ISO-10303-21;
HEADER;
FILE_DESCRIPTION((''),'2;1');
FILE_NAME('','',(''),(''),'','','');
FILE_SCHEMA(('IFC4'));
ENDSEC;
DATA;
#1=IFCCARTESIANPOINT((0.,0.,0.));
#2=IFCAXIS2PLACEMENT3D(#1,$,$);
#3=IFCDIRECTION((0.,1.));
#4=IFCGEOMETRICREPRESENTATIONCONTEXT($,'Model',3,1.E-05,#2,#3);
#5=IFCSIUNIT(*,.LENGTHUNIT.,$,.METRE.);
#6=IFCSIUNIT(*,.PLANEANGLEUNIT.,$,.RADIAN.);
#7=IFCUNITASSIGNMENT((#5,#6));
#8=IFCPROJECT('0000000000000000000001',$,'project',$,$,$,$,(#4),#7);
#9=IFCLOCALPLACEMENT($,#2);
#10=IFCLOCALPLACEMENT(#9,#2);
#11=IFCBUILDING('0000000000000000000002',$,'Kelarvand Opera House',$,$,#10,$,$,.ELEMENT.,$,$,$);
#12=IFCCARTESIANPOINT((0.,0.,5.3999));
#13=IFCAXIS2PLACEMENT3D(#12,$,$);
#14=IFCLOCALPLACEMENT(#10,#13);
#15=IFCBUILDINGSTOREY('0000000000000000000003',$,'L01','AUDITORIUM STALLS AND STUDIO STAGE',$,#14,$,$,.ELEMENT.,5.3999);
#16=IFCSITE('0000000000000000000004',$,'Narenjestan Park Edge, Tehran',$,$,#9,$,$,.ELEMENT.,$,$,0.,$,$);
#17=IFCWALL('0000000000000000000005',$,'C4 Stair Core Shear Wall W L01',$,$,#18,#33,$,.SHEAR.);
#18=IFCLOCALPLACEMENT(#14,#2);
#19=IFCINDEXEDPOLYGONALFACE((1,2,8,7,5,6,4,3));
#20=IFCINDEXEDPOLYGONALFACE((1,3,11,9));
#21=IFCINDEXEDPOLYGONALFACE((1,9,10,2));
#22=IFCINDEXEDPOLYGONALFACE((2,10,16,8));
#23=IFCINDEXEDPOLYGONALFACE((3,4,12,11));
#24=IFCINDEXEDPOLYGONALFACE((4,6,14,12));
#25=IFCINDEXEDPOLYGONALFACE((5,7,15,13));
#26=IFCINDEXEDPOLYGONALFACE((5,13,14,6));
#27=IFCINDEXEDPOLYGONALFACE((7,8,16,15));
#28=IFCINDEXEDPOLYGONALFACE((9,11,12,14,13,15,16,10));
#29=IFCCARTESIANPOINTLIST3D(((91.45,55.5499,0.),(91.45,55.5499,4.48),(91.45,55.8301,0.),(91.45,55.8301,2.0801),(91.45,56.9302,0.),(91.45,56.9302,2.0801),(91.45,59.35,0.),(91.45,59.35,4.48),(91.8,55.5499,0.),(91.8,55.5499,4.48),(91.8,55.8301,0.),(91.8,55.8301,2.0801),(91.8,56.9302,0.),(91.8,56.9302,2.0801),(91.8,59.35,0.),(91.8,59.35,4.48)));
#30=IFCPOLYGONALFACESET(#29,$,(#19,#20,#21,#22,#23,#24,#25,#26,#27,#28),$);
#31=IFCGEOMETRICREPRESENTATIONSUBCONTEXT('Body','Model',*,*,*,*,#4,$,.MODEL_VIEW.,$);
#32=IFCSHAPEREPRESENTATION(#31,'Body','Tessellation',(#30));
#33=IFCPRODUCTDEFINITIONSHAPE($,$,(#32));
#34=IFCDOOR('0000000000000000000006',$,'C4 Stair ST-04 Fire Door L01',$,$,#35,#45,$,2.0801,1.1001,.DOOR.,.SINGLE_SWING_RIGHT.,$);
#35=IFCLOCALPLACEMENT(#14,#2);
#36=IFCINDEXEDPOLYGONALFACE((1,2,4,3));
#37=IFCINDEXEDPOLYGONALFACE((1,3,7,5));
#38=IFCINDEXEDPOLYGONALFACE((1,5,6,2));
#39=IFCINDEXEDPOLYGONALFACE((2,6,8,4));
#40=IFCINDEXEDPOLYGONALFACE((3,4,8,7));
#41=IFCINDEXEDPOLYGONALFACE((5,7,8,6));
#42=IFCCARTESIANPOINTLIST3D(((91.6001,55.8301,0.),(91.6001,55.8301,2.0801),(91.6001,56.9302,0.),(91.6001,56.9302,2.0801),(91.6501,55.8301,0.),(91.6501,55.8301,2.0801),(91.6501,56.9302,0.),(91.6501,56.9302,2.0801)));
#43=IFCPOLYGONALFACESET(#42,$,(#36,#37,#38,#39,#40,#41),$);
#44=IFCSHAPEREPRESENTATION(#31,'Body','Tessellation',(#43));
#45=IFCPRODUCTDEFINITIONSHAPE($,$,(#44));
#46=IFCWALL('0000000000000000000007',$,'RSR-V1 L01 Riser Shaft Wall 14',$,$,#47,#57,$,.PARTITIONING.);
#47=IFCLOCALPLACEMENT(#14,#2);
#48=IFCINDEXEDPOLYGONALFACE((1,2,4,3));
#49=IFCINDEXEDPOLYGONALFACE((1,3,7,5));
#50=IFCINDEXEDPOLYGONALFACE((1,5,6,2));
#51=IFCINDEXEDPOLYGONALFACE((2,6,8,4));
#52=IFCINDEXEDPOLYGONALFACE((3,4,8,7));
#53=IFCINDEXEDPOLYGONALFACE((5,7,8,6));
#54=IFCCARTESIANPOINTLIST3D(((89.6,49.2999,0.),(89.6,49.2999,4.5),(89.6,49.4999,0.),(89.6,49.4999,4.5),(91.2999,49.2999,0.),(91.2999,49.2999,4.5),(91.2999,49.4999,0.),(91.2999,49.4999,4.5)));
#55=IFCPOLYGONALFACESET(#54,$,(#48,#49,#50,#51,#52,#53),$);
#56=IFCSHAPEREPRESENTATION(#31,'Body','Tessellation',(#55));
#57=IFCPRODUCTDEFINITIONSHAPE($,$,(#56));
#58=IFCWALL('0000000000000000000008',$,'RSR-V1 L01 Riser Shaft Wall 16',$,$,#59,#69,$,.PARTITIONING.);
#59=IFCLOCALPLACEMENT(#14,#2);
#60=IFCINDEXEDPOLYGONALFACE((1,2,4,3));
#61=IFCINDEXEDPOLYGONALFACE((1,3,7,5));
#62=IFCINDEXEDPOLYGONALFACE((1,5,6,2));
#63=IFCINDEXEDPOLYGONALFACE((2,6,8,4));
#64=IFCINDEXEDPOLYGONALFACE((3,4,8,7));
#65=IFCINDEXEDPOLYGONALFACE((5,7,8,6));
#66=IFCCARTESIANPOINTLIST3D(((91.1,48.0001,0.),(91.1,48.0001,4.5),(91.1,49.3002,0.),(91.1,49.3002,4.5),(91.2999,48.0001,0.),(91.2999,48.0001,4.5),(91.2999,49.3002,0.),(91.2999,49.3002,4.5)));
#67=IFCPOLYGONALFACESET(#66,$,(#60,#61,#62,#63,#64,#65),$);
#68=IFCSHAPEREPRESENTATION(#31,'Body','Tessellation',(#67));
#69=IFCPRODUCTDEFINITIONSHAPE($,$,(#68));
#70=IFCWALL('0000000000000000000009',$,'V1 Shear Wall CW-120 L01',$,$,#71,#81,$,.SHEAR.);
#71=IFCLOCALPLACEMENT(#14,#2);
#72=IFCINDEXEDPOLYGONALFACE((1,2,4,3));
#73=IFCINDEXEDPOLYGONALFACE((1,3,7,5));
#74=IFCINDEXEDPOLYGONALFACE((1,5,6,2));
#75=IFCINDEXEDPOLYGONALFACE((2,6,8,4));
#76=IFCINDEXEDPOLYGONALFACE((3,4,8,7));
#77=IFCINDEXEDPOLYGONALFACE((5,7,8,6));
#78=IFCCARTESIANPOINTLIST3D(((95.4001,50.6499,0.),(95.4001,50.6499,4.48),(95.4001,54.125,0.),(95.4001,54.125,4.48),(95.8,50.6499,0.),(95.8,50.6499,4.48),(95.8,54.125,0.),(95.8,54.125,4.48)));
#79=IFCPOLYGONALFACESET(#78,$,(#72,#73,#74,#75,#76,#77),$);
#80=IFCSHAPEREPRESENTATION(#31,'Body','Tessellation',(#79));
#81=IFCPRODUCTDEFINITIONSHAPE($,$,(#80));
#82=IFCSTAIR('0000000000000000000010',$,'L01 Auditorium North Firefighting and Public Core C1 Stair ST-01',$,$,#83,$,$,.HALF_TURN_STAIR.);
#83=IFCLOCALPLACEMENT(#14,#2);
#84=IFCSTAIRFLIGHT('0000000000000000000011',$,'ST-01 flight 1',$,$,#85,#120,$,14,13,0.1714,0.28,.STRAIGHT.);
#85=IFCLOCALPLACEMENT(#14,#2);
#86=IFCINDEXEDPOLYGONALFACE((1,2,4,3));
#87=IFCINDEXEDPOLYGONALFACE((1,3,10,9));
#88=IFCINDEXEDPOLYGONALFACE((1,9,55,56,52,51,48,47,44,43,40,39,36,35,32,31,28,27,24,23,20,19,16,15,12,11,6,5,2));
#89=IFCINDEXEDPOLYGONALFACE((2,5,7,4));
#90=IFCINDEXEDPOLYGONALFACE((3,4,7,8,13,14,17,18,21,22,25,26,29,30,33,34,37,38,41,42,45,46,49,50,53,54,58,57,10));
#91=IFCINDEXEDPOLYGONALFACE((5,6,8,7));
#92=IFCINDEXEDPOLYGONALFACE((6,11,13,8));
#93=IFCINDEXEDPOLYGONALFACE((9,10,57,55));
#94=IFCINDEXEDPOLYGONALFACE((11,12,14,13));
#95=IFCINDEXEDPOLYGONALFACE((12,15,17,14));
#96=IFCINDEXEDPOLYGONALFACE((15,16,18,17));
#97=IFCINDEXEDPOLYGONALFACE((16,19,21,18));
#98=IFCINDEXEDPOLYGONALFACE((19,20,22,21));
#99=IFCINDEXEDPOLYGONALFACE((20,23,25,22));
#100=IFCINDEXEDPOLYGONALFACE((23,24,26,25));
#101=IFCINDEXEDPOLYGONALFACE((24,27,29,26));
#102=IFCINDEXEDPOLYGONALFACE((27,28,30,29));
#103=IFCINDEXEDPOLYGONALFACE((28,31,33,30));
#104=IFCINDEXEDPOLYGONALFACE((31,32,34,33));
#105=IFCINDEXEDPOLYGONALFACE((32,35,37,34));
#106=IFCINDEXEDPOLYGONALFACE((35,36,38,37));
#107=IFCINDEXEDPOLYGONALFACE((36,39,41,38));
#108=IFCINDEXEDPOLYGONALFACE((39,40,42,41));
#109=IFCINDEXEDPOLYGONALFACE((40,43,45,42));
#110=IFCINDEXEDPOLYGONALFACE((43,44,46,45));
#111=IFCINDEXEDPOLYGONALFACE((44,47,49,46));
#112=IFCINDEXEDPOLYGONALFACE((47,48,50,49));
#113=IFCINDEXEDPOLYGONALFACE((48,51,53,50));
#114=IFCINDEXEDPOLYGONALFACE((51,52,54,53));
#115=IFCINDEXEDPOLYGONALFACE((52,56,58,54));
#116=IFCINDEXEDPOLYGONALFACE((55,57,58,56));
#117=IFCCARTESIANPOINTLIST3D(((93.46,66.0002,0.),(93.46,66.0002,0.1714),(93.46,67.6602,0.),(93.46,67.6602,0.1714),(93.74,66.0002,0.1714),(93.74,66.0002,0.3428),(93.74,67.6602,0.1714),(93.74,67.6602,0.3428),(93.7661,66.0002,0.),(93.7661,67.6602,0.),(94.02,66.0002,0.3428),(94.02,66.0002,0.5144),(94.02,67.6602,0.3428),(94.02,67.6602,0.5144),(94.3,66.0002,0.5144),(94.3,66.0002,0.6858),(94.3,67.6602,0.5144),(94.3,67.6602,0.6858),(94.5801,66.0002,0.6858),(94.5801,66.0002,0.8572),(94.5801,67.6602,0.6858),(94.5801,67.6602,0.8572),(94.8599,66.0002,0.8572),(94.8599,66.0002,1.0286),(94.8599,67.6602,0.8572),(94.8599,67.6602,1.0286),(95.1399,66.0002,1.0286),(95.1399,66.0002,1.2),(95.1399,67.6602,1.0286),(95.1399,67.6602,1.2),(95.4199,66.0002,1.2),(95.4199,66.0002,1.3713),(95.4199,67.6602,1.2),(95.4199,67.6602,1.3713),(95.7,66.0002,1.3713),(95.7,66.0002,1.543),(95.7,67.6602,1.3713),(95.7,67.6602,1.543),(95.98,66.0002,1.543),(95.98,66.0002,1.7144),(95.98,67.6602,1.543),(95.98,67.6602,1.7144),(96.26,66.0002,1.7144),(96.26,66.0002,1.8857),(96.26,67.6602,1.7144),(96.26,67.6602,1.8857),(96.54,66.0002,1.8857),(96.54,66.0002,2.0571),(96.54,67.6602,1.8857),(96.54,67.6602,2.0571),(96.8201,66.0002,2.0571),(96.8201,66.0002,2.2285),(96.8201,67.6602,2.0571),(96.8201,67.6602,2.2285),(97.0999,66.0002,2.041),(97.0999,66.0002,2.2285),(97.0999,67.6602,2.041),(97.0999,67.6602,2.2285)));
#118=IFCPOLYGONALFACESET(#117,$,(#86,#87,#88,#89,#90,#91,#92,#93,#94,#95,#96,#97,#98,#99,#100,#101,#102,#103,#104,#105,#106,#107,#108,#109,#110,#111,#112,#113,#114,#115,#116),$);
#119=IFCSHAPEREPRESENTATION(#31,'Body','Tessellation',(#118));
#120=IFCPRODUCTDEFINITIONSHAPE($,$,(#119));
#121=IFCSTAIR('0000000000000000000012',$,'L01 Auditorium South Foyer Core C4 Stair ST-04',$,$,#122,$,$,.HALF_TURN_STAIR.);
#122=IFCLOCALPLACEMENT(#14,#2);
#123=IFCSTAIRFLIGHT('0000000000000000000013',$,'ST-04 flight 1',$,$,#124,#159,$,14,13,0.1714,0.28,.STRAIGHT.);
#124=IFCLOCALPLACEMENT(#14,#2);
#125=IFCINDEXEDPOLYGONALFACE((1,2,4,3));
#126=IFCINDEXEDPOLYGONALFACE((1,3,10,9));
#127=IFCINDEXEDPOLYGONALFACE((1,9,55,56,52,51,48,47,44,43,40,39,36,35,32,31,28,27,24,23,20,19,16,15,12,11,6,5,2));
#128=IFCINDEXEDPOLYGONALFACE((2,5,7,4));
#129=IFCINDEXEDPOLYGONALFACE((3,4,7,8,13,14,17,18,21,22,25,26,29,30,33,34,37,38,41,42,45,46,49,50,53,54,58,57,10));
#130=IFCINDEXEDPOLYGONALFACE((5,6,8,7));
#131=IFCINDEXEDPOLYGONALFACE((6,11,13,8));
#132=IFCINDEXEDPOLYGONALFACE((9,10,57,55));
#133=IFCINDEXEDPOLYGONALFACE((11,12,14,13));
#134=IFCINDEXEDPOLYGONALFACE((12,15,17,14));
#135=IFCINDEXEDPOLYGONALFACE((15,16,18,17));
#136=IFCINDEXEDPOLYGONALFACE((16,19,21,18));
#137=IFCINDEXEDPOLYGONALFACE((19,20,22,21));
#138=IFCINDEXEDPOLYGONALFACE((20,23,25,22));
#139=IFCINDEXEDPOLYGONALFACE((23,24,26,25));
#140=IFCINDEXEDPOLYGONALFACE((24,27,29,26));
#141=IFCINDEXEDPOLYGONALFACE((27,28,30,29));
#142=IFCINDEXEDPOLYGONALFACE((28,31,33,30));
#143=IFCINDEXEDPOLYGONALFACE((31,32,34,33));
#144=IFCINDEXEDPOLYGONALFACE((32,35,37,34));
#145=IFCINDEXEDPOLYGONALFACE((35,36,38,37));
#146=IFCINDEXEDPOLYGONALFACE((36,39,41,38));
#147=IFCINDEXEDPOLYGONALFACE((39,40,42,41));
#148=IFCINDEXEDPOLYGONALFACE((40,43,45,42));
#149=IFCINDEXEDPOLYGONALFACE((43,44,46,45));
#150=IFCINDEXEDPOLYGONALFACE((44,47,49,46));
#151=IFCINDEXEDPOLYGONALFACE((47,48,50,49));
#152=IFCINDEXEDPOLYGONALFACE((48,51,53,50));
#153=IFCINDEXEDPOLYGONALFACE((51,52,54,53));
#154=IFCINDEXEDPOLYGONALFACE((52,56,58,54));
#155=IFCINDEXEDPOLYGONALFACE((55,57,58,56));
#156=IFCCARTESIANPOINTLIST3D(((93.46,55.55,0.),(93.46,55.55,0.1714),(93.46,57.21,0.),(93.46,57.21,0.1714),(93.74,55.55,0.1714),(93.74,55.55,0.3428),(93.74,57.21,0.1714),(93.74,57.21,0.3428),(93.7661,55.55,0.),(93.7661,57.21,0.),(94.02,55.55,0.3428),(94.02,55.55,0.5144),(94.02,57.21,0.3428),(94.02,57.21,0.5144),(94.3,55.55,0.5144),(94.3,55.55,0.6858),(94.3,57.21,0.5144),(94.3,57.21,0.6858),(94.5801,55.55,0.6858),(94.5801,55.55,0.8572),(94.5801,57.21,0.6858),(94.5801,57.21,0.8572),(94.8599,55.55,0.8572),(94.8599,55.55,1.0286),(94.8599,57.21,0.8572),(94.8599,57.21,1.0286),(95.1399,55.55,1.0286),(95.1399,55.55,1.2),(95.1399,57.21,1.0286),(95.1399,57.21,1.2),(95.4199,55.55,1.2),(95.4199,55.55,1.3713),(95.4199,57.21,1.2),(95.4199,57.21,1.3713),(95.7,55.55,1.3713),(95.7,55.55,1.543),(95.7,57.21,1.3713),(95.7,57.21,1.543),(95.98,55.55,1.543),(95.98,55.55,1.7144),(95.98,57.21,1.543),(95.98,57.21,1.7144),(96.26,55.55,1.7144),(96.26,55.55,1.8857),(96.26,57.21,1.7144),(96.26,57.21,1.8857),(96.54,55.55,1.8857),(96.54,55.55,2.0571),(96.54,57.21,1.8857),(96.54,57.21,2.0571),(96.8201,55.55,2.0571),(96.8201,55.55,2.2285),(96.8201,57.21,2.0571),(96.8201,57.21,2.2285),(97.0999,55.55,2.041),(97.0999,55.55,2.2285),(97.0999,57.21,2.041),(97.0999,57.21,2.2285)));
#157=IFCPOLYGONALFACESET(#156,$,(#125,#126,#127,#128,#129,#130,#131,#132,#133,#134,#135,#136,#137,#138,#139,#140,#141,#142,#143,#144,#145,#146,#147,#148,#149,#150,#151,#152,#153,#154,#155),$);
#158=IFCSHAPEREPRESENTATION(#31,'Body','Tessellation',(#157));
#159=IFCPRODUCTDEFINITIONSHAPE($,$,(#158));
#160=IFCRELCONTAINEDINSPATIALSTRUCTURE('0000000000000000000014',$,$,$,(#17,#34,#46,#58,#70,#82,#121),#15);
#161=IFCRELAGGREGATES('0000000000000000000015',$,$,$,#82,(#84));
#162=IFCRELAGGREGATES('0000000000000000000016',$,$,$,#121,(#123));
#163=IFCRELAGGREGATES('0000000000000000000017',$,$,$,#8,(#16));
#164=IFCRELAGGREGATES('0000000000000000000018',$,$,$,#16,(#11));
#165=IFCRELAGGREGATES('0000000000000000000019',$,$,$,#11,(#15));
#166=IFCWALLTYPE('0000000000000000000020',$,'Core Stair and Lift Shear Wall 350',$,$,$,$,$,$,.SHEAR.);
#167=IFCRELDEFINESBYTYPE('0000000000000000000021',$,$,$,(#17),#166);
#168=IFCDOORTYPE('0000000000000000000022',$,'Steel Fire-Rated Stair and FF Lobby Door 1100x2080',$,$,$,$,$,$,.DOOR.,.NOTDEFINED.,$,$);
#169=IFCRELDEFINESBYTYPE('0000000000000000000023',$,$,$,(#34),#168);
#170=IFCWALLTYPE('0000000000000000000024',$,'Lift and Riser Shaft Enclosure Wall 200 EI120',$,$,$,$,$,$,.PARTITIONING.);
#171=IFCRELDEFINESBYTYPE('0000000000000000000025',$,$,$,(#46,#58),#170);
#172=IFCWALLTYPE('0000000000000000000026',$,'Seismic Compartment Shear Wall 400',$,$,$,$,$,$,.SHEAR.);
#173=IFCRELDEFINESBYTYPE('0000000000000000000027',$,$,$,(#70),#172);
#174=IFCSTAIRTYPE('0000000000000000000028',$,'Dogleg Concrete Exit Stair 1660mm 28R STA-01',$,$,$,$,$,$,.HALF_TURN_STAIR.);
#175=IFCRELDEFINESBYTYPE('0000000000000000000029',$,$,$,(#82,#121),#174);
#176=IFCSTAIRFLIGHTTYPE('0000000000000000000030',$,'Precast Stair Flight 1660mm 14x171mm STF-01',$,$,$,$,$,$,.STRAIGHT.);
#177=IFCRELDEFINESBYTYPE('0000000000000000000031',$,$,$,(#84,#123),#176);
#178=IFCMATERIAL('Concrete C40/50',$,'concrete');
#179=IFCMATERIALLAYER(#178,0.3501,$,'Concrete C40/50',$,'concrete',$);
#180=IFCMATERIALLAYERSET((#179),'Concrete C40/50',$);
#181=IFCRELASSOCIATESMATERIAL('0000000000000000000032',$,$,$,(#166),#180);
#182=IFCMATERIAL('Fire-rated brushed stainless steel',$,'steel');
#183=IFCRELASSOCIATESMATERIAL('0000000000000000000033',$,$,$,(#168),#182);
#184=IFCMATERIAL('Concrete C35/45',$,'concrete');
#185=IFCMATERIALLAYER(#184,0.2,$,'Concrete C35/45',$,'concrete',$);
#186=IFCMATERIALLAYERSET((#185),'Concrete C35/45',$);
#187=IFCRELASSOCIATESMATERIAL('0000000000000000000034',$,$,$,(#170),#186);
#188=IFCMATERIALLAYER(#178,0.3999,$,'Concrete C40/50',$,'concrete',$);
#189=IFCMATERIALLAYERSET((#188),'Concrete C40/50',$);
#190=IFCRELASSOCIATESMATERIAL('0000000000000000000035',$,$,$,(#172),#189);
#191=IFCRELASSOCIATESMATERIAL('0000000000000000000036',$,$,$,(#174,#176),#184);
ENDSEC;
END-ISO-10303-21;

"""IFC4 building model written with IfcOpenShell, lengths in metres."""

from ifc_helpers import new_model, si_unit, direction, frame, frame_2d, origin, place, context, subcontext, project, spatial, polyline, rectangle, outline, extrude, material, layer, layer_set, type_object, element, fill, aggregate, save


model = new_model("IFC4")

# Units and contexts
model_context = context("Model", 3, precision=1e-05, world=origin(), true_north=direction((0.0, 1.0)))
body_context = subcontext(model_context, "Body", "Model", "MODEL_VIEW")
ifc_project = project(units=[si_unit("LENGTHUNIT", "METRE"), si_unit("PLANEANGLEUNIT", "RADIAN")], contexts=[model_context])

# Site, building, storey
site_placement = place(None, origin())
site = spatial("IfcSite", under=ifc_project, at=site_placement, Name="Narenjestan Park Edge, Tehran", CompositionType="ELEMENT", RefElevation=0.0)
building_placement = place(site_placement, origin())
building = spatial("IfcBuilding", under=site, at=building_placement, Name="Kelarvand Opera House", CompositionType="ELEMENT")
storey_placement = place(building_placement, frame((0.0, 0.0, 5.3999)))
storey = spatial("IfcBuildingStorey", under=building, at=storey_placement, Name="L01", Description="AUDITORIUM STALLS AND STUDIO STAGE", CompositionType="ELEMENT", Elevation=5.3999)

# Shared definitions
ifc_material_1 = material(Name="Concrete C40/50", Category="concrete")

# Shared definitions
ifc_material_2 = material(Name="Concrete C35/45", Category="concrete")

# Shared definitions
ifc_layer_1 = layer(ifc_material_1, 0.3501, Name="Concrete C40/50", Category="concrete")
ifc_layer_set_1 = layer_set([ifc_layer_1], Name="Concrete C40/50")
wall_type_1 = type_object("IfcWallType", Name="Core Stair and Lift Shear Wall 350", PredefinedType="SHEAR", material=ifc_layer_set_1)

# Shared definitions
ifc_material_3 = material(Name="Fire-rated brushed stainless steel", Category="steel")
door_type = type_object("IfcDoorType", Name="Steel Fire-Rated Stair and FF Lobby Door 1100x2080", OperationType="NOTDEFINED", PredefinedType="DOOR", material=ifc_material_3)

# Wall, opening, door
wall_1_placement = place(storey_placement, frame((91.625, 55.55, 0.0), z_axis=(0.0, 0.0, 1.0), x_axis=(0.0, 1.0, 0.0)))
wall_1 = element("IfcWall", 1, at=wall_1_placement, inside=storey, type_object=wall_type_1, Name="C4 Stair Core Shear Wall W L01", PredefinedType="SHEAR", context=body_context, shape_type="SweptSolid", body=[
    extrude(rectangle(XDim=3.8, YDim=0.3501, at=frame_2d((1.8999, 0.0))), origin(), (0.0, 0.0, 1.0), 4.48),
])
opening_1_placement = place(wall_1_placement, frame((0.28, 0.0, 0.0)))
opening_1 = element("IfcOpeningElement", 2, at=opening_1_placement, cuts=wall_1, PredefinedType="OPENING", context=body_context, shape_type="SweptSolid", body=[
    extrude(rectangle(XDim=1.1001, YDim=2.0801, at=frame_2d((0.55, 1.04))), frame((0.0, 0.1851, 0.0), z_axis=(0.0, -1.0, 0.0), x_axis=(1.0, 0.0, 0.0)), (0.0, 0.0, 1.0), 0.3701),
])
door_1_placement = place(opening_1_placement, origin())
door_1 = element("IfcDoor", 3, at=door_1_placement, inside=storey, type_object=door_type, Name="C4 Stair ST-04 Fire Door L01", OperationType="SINGLE_SWING_RIGHT", OverallHeight=2.0801, OverallWidth=1.1001, PredefinedType="DOOR", context=body_context, shape_type="SweptSolid", body=[
    extrude(rectangle(XDim=1.1001, YDim=2.0801, at=frame_2d((0.55, 1.04))), frame((0.0, 0.0249, 0.0), z_axis=(0.0, -1.0, 0.0), x_axis=(1.0, 0.0, 0.0)), (0.0, 0.0, 1.0), 0.05),
])
fill(opening_1, door_1)

# Walls
ifc_layer_2 = layer(ifc_material_2, 0.2, Name="Concrete C35/45", Category="concrete")
ifc_layer_set_2 = layer_set([ifc_layer_2], Name="Concrete C35/45")
wall_type_2 = type_object("IfcWallType", Name="Lift and Riser Shaft Enclosure Wall 200 EI120", PredefinedType="PARTITIONING", material=ifc_layer_set_2)
wall_2_placement = place(storey_placement, frame((91.3, 49.3999, 0.0), z_axis=(0.0, 0.0, 1.0), x_axis=(-1.0, 0.0, 0.0)))
element("IfcWall", 4, at=wall_2_placement, inside=storey, type_object=wall_type_2, Name="RSR-V1 L01 Riser Shaft Wall 14", PredefinedType="PARTITIONING", context=body_context, shape_type="SweptSolid", body=[
    extrude(rectangle(XDim=1.7, YDim=0.2, at=frame_2d((0.8501, 0.0))), origin(), (0.0, 0.0, 1.0), 4.5),
])
wall_3_placement = place(storey_placement, frame((91.2, 49.3, 0.0), z_axis=(0.0, 0.0, 1.0), x_axis=(0.0, -1.0, 0.0)))
element("IfcWall", 5, at=wall_3_placement, inside=storey, type_object=wall_type_2, Name="RSR-V1 L01 Riser Shaft Wall 16", PredefinedType="PARTITIONING", context=body_context, shape_type="SweptSolid", body=[
    extrude(rectangle(XDim=1.3, YDim=0.2, at=frame_2d((0.6499, 0.0))), origin(), (0.0, 0.0, 1.0), 4.5),
])
ifc_layer_3 = layer(ifc_material_1, 0.3999, Name="Concrete C40/50", Category="concrete")
ifc_layer_set_3 = layer_set([ifc_layer_3], Name="Concrete C40/50")
wall_type_3 = type_object("IfcWallType", Name="Seismic Compartment Shear Wall 400", PredefinedType="SHEAR", material=ifc_layer_set_3)
wall_4_placement = place(storey_placement, frame((95.6001, 50.6499, 0.0), z_axis=(0.0, 0.0, 1.0), x_axis=(0.0, 1.0, 0.0)))
element("IfcWall", 6, at=wall_4_placement, inside=storey, type_object=wall_type_3, Name="V1 Shear Wall CW-120 L01", PredefinedType="SHEAR", context=body_context, shape_type="SweptSolid", body=[
    extrude(rectangle(XDim=3.4751, YDim=0.3999, at=frame_2d((1.7375, 0.0))), origin(), (0.0, 0.0, 1.0), 4.48),
])

# Stair, stair flight
stair_type = type_object("IfcStairType", Name="Dogleg Concrete Exit Stair 1660mm 28R STA-01", PredefinedType="HALF_TURN_STAIR", material=ifc_material_2)
stair_1_placement = place(storey_placement, origin())
stair_1 = element("IfcStair", 7, at=stair_1_placement, inside=storey, type_object=stair_type, Name="L01 Auditorium North Firefighting and Public Core C1 Stair ST-01", PredefinedType="HALF_TURN_STAIR")
stair_flight_type = type_object("IfcStairFlightType", Name="Precast Stair Flight 1660mm 14x171mm STF-01", PredefinedType="STRAIGHT", material=ifc_material_2)
stair_flight_1_placement = place(storey_placement, frame((93.46, 66.8301, 0.0), z_axis=(0.0, 0.0, 1.0), x_axis=(1.0, 0.0, 0.0)))
stair_flight_1 = element("IfcStairFlight", 8, at=stair_flight_1_placement, type_object=stair_flight_type, Name="ST-01 flight 1", NumberOfRisers=14, NumberOfTreads=13, PredefinedType="STRAIGHT", RiserHeight=0.1714, TreadLength=0.28, context=body_context, shape_type="SweptSolid", body=[
    extrude(outline(polyline([(0.0, 0.0), (0.0, 0.1714), (0.28, 0.1714), (0.28, 0.3428), (0.5601, 0.3428), (0.5601, 0.5144), (0.8401, 0.5144), (0.8401, 0.6858), (1.1201, 0.6858), (1.1201, 0.8572), (1.3999, 0.8572), (1.3999, 1.0286), (1.6799, 1.0286), (1.6799, 1.2), (1.96, 1.2), (1.96, 1.3713), (2.24, 1.3713), (2.24, 1.543), (2.52, 1.543), (2.52, 1.7144), (2.8, 1.7144), (2.8, 1.8857), (3.0801, 1.8857), (3.0801, 2.0571), (3.3601, 2.0571), (3.3601, 2.2285), (3.6399, 2.2285), (3.6399, 2.3999), (3.6399, 2.041), (0.3062, 0.0), (0.0, 0.0)])), frame((0.0, 0.8301, 0.0), z_axis=(0.0, -1.0, 0.0), x_axis=(1.0, 0.0, 0.0)), (0.0, 0.0, 1.0), 1.6599),
])
aggregate(stair_1, [stair_flight_1])

# Stair, stair flight
stair_2_placement = place(storey_placement, origin())
stair_2 = element("IfcStair", 9, at=stair_2_placement, inside=storey, type_object=stair_type, Name="L01 Auditorium South Foyer Core C4 Stair ST-04", PredefinedType="HALF_TURN_STAIR")
stair_flight_2_placement = place(storey_placement, frame((93.46, 56.3799, 0.0), z_axis=(0.0, 0.0, 1.0), x_axis=(1.0, 0.0, 0.0)))
stair_flight_2 = element("IfcStairFlight", 10, at=stair_flight_2_placement, type_object=stair_flight_type, Name="ST-04 flight 1", NumberOfRisers=14, NumberOfTreads=13, PredefinedType="STRAIGHT", RiserHeight=0.1714, TreadLength=0.28, context=body_context, shape_type="SweptSolid", body=[
    extrude(outline(polyline([(0.0, 0.0), (0.0, 0.1714), (0.28, 0.1714), (0.28, 0.3428), (0.5601, 0.3428), (0.5601, 0.5144), (0.8401, 0.5144), (0.8401, 0.6858), (1.1201, 0.6858), (1.1201, 0.8572), (1.3999, 0.8572), (1.3999, 1.0286), (1.6799, 1.0286), (1.6799, 1.2), (1.96, 1.2), (1.96, 1.3713), (2.24, 1.3713), (2.24, 1.543), (2.52, 1.543), (2.52, 1.7144), (2.8, 1.7144), (2.8, 1.8857), (3.0801, 1.8857), (3.0801, 2.0571), (3.3601, 2.0571), (3.3601, 2.2285), (3.6399, 2.2285), (3.6399, 2.3999), (3.6399, 2.041), (0.3062, 0.0), (0.0, 0.0)])), frame((0.0, 0.8301, 0.0), z_axis=(0.0, -1.0, 0.0), x_axis=(1.0, 0.0, 0.0)), (0.0, 0.0, 1.0), 1.6599),
])
aggregate(stair_2, [stair_flight_2])

save(model, "model.ifc")
